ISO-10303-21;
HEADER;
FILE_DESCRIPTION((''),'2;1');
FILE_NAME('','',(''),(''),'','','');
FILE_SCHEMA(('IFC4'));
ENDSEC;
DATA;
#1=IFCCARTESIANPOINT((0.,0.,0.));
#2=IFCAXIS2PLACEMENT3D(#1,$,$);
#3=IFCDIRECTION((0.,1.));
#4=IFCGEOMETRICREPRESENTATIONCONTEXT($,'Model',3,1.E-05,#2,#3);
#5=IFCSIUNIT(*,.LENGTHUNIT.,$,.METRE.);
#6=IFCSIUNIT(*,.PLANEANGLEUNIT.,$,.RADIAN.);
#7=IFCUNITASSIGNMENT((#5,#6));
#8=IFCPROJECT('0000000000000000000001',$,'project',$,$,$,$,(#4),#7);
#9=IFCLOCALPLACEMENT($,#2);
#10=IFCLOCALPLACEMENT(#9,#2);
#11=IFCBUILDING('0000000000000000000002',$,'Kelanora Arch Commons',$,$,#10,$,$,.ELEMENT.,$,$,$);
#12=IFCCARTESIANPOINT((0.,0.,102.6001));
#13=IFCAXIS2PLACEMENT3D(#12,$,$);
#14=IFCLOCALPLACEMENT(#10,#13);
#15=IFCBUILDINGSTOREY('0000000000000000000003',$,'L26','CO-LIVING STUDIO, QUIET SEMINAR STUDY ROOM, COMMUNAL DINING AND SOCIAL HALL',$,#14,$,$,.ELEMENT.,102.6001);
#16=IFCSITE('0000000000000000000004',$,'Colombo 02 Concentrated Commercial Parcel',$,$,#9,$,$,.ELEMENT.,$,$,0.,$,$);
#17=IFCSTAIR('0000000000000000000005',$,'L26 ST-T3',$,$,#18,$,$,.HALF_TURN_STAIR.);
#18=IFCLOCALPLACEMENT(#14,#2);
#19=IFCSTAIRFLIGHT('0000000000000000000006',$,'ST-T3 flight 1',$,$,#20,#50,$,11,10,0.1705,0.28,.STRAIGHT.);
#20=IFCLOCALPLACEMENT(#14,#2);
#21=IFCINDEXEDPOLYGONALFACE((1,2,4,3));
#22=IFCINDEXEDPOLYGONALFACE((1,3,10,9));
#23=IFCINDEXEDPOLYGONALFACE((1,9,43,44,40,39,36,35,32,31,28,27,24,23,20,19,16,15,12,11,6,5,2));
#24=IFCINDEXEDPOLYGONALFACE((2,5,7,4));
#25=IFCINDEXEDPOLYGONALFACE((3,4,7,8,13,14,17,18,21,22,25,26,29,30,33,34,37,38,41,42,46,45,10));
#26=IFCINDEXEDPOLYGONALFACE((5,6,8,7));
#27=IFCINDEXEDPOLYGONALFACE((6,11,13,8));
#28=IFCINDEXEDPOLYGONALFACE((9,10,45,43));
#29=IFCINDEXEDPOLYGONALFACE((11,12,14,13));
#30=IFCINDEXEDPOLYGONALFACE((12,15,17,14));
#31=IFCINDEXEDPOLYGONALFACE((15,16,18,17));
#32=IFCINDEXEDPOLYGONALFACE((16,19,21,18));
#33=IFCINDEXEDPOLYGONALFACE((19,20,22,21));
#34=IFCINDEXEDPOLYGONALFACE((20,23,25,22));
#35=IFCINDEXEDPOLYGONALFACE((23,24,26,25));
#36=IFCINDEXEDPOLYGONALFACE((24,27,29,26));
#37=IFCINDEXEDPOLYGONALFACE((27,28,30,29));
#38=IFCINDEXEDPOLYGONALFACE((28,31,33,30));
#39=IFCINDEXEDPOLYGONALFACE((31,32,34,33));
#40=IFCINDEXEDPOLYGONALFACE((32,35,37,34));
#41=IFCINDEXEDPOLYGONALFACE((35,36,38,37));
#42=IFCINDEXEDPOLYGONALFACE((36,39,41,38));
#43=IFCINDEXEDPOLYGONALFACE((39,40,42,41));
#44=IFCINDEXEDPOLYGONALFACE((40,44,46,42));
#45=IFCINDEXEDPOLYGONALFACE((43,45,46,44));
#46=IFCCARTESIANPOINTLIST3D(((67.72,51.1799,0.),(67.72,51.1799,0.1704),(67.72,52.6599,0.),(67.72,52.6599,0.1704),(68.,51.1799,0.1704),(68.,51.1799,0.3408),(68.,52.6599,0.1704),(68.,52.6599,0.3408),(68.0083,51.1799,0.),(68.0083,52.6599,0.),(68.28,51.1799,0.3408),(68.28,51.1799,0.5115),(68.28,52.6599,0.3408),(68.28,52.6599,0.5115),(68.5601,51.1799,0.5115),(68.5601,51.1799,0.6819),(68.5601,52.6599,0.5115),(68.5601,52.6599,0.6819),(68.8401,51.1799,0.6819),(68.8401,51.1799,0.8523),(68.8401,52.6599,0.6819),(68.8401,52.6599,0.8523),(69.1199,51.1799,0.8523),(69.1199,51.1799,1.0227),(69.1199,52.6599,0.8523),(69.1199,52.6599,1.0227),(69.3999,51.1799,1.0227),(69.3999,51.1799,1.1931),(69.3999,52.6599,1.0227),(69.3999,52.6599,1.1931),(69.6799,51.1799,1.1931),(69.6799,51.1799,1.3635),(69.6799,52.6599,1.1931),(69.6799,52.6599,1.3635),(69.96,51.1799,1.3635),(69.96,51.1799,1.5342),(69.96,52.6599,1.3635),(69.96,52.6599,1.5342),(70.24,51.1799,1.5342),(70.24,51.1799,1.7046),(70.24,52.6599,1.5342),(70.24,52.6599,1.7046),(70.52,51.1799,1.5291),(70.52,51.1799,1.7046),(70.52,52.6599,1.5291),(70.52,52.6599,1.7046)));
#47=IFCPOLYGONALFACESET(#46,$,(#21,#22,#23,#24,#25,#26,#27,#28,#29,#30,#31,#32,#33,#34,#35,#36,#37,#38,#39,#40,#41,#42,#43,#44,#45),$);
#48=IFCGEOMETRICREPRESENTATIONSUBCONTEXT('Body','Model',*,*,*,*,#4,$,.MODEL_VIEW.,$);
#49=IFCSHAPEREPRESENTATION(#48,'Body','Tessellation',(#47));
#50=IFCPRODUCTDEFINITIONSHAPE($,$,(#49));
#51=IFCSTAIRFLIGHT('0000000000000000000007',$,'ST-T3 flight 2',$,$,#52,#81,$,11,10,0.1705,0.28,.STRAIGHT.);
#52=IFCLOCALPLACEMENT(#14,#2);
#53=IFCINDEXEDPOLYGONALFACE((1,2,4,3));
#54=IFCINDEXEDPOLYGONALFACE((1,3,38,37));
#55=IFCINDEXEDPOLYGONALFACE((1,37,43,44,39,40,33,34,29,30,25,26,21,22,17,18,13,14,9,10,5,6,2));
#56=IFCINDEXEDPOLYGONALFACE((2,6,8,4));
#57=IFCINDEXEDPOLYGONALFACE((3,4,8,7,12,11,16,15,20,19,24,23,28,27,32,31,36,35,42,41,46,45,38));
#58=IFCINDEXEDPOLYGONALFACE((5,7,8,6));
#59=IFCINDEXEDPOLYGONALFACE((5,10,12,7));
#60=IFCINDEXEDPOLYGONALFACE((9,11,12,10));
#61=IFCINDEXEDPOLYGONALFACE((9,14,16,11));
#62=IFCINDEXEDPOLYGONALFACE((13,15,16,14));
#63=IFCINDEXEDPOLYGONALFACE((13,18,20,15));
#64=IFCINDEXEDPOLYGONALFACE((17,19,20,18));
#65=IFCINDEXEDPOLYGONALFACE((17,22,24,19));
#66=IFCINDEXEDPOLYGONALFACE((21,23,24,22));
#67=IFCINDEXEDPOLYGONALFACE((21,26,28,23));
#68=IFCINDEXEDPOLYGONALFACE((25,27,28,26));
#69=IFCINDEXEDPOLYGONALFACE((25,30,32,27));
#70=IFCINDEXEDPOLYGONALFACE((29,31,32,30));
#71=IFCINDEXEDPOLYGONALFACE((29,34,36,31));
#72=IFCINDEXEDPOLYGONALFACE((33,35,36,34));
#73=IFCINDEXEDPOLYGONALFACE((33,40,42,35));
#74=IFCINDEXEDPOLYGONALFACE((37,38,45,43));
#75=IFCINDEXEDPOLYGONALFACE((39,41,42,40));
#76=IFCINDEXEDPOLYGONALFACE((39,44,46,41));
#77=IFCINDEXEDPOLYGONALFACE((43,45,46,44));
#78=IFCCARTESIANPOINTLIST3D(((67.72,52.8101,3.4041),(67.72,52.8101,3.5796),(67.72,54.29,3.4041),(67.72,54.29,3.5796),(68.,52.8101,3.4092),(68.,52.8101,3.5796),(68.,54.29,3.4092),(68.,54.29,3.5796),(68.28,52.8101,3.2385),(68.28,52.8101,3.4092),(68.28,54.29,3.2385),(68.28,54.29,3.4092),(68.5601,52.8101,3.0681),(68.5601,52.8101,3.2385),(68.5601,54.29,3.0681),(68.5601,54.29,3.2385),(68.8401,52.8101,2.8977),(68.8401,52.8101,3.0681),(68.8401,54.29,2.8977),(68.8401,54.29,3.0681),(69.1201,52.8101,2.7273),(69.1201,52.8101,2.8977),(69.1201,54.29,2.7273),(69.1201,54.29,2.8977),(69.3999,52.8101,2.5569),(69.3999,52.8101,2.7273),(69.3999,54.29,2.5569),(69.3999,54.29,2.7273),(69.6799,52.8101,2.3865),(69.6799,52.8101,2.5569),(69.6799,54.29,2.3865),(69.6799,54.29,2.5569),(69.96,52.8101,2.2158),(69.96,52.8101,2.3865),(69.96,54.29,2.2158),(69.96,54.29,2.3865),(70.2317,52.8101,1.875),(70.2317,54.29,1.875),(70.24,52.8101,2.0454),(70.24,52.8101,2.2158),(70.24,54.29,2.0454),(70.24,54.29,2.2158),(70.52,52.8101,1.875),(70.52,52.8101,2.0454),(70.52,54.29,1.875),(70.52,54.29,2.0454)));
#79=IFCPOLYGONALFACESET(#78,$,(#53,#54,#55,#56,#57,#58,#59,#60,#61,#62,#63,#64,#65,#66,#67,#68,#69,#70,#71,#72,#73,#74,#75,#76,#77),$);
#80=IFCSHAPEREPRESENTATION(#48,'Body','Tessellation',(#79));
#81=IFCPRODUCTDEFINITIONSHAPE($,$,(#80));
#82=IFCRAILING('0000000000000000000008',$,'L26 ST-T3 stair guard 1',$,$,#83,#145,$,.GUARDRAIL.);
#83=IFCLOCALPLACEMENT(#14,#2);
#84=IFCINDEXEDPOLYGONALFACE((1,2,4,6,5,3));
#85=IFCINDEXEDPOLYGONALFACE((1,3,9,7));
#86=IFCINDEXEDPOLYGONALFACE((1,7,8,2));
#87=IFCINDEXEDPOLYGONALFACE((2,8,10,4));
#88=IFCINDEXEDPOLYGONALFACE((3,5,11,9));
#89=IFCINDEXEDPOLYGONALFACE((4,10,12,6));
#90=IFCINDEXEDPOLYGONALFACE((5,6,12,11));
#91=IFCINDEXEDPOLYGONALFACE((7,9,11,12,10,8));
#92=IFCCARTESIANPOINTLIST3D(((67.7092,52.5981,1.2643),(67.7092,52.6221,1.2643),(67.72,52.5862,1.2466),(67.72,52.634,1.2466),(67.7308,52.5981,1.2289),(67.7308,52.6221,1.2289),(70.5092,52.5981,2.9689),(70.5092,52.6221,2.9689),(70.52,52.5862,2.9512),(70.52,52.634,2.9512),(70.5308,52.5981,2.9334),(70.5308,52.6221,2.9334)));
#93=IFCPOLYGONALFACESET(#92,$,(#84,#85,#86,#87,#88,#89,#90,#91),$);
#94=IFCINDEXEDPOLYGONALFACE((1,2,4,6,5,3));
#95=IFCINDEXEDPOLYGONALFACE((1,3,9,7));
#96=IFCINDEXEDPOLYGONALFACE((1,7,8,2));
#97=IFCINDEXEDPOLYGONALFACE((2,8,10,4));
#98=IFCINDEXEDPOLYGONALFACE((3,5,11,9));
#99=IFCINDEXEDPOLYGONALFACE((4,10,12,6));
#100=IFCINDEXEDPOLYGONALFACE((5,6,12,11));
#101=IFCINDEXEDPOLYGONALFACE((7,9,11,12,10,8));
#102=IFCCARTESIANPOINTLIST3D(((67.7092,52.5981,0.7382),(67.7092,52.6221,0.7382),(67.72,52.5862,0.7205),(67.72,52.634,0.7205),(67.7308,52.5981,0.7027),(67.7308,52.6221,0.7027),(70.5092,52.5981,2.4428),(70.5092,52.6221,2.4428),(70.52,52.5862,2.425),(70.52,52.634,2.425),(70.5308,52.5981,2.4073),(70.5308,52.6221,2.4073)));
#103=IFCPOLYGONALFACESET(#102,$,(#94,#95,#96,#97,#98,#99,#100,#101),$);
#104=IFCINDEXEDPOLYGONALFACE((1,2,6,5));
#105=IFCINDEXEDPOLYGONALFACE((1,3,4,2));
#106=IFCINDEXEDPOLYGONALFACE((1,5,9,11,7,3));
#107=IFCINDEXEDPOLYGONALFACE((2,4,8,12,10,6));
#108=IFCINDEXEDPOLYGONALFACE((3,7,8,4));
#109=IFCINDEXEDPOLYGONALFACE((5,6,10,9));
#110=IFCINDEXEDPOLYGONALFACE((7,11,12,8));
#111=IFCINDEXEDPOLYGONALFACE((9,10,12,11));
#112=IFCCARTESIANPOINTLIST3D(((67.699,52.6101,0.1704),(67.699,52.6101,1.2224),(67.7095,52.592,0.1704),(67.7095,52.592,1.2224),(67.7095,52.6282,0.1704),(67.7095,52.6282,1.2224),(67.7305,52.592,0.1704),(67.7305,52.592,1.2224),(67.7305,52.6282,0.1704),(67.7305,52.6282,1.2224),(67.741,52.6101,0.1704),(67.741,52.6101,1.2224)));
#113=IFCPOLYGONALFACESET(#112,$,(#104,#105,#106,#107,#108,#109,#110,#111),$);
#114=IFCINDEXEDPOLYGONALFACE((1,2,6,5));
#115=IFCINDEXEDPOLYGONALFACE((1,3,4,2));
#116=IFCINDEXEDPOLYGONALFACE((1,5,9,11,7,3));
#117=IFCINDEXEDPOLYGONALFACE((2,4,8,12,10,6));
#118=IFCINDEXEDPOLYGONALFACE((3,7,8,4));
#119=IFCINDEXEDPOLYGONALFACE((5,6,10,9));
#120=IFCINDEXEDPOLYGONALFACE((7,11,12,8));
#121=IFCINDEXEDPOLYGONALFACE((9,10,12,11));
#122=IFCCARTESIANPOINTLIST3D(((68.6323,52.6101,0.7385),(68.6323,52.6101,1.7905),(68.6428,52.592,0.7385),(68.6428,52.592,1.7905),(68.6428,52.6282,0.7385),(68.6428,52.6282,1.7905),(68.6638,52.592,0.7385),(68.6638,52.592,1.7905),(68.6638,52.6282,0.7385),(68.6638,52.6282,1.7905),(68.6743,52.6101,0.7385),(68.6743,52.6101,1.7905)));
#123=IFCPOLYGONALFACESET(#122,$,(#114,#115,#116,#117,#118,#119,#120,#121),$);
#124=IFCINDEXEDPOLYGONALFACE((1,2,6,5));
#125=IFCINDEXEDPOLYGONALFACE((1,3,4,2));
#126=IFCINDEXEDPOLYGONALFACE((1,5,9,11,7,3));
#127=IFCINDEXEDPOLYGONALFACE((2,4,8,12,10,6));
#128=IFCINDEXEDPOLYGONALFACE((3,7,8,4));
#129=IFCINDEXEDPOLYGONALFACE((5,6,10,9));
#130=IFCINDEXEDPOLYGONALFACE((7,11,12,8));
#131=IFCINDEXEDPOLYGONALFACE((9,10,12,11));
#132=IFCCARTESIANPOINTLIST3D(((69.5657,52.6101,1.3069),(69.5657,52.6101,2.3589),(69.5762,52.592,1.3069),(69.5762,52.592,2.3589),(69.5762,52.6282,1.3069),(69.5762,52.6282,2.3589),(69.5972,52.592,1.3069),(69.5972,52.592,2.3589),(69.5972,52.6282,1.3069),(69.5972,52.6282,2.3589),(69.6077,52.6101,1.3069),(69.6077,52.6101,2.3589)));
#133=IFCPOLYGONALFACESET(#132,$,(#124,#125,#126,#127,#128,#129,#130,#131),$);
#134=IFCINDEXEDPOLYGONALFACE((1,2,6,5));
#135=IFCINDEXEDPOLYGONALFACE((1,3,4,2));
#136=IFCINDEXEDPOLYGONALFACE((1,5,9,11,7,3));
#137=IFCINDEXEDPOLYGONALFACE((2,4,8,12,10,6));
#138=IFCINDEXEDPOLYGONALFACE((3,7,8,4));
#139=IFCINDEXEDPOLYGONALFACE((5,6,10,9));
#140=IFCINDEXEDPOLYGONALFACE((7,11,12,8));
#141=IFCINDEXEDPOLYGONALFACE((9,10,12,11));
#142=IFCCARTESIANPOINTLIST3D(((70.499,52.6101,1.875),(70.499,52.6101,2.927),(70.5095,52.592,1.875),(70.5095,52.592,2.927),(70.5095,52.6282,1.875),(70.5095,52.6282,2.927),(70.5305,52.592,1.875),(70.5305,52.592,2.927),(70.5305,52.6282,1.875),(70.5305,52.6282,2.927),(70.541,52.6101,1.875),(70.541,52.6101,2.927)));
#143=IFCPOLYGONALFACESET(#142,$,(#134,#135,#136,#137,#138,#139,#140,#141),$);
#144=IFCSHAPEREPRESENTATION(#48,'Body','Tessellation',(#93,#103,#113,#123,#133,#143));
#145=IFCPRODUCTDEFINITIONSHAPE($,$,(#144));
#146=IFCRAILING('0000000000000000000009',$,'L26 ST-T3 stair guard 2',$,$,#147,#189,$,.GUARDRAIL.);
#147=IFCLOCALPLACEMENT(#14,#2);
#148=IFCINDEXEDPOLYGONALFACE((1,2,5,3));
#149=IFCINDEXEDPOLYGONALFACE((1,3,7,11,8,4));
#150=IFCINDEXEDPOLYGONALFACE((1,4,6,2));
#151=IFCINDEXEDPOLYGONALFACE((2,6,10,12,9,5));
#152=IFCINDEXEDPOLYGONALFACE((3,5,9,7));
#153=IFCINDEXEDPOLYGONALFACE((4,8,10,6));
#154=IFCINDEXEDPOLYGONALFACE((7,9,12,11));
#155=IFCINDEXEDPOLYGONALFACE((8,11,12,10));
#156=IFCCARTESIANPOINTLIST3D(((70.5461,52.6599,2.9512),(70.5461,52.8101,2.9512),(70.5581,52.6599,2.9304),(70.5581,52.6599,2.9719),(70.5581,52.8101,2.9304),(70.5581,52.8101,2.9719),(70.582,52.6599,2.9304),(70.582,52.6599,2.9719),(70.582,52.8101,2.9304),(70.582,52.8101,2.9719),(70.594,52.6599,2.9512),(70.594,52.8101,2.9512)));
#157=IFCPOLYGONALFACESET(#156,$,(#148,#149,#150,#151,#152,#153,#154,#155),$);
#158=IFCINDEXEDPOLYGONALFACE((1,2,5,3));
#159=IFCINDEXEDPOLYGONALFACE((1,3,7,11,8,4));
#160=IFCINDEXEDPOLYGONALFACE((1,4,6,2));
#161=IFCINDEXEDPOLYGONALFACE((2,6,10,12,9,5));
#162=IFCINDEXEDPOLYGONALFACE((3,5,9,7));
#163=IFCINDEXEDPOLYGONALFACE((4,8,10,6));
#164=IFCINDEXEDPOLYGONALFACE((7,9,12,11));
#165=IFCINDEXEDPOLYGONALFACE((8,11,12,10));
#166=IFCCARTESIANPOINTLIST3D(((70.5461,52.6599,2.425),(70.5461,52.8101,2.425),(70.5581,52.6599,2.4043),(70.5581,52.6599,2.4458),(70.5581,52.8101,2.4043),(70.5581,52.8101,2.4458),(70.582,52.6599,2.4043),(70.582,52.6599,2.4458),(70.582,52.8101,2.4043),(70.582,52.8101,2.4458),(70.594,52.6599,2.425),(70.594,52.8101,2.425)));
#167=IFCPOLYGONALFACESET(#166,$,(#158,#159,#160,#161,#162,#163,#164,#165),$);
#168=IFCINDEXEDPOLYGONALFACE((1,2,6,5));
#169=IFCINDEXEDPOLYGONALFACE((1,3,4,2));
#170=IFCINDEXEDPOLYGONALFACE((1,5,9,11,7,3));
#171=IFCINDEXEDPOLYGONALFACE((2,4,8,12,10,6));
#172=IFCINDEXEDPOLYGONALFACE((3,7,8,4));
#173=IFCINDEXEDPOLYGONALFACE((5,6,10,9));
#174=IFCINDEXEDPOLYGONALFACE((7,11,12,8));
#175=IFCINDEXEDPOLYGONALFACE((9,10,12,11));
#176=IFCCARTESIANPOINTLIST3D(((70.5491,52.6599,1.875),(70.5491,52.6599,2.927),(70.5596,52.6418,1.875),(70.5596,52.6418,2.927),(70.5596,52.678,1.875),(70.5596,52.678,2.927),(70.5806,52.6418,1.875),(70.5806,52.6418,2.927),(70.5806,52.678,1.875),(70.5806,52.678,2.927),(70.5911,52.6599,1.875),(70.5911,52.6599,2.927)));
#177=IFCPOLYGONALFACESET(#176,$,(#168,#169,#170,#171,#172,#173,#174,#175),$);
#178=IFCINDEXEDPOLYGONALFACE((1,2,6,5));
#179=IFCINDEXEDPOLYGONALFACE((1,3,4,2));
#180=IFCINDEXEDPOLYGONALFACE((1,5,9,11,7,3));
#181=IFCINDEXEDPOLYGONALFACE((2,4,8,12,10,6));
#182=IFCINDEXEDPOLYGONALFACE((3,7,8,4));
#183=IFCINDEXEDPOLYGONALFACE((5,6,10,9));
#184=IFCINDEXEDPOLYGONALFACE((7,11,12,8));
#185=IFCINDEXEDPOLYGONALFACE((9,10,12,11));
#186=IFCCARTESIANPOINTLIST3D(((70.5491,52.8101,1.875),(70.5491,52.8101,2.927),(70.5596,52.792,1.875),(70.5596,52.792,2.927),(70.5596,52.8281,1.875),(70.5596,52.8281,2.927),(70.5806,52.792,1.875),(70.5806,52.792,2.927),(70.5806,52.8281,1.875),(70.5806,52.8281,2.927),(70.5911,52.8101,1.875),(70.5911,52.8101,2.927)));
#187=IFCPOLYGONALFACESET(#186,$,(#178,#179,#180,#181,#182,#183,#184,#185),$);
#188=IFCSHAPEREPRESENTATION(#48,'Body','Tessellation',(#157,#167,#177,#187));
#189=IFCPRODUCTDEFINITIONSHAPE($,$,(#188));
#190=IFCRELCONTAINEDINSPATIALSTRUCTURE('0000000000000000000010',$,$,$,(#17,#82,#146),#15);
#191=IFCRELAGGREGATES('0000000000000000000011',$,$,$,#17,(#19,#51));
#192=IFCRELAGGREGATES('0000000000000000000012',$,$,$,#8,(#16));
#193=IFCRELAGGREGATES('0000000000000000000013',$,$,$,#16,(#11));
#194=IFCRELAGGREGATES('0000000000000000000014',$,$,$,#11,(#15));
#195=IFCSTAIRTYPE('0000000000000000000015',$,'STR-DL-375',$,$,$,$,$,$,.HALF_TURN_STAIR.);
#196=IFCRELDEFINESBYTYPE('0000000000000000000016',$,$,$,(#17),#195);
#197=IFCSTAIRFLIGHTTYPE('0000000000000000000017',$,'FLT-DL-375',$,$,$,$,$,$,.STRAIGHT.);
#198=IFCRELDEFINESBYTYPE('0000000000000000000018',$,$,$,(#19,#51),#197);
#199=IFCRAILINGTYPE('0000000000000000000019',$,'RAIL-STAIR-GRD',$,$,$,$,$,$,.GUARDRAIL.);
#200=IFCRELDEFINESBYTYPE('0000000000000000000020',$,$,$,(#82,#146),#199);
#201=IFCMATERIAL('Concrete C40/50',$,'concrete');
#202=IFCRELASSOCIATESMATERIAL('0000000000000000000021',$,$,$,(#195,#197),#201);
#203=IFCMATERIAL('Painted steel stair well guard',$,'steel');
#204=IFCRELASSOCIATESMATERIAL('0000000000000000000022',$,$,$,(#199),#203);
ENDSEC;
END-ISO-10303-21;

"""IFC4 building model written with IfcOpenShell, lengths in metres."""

from ifc_helpers import new_model, si_unit, direction, frame, origin, place, context, subcontext, project, spatial, polyline, outline, extrude, material, type_object, element, aggregate, save


model = new_model("IFC4")

# Units and contexts
model_context = context("Model", 3, precision=1e-05, world=origin(), true_north=direction((0.0, 1.0)))
body_context = subcontext(model_context, "Body", "Model", "MODEL_VIEW")
ifc_project = project(units=[si_unit("LENGTHUNIT", "METRE"), si_unit("PLANEANGLEUNIT", "RADIAN")], contexts=[model_context])

# Site, building, storey
site_placement = place(None, origin())
site = spatial("IfcSite", under=ifc_project, at=site_placement, Name="Colombo 02 Concentrated Commercial Parcel", CompositionType="ELEMENT", RefElevation=0.0)
building_placement = place(site_placement, origin())
building = spatial("IfcBuilding", under=site, at=building_placement, Name="Kelanora Arch Commons", CompositionType="ELEMENT")
storey_placement = place(building_placement, frame((0.0, 0.0, 102.6001)))
storey = spatial("IfcBuildingStorey", under=building, at=storey_placement, Name="L26", Description="CO-LIVING STUDIO, QUIET SEMINAR STUDY ROOM, COMMUNAL DINING AND SOCIAL HALL", CompositionType="ELEMENT", Elevation=102.6001)

# Shared definitions
ifc_material_1 = material(Name="Concrete C40/50", Category="concrete")

# Stair, stair flights
stair_type = type_object("IfcStairType", Name="STR-DL-375", PredefinedType="HALF_TURN_STAIR", material=ifc_material_1)
stair_placement = place(storey_placement, origin())
stair = element("IfcStair", 1, at=stair_placement, inside=storey, type_object=stair_type, Name="L26 ST-T3", PredefinedType="HALF_TURN_STAIR")
stair_flight_type = type_object("IfcStairFlightType", Name="FLT-DL-375", PredefinedType="STRAIGHT", material=ifc_material_1)
stair_flight_1_placement = place(storey_placement, frame((67.72, 51.9199, 0.0), z_axis=(0.0, 0.0, 1.0), x_axis=(1.0, 0.0, 0.0)))
stair_flight_1 = element("IfcStairFlight", 2, at=stair_flight_1_placement, type_object=stair_flight_type, Name="ST-T3 flight 1", NumberOfRisers=11, NumberOfTreads=10, PredefinedType="STRAIGHT", RiserHeight=0.1705, TreadLength=0.28, context=body_context, shape_type="SweptSolid", body=[
    extrude(outline(polyline([(0.0, 0.0), (0.0, 0.1704), (0.28, 0.1704), (0.28, 0.3408), (0.5601, 0.3408), (0.5601, 0.5115), (0.8401, 0.5115), (0.8401, 0.6819), (1.1201, 0.6819), (1.1201, 0.8523), (1.3999, 0.8523), (1.3999, 1.0227), (1.6799, 1.0227), (1.6799, 1.1931), (1.96, 1.1931), (1.96, 1.3635), (2.24, 1.3635), (2.24, 1.5342), (2.52, 1.5342), (2.52, 1.7046), (2.8, 1.7046), (2.8, 1.875), (2.8, 1.5291), (0.2883, 0.0), (0.0, 0.0)])), frame((0.0, 0.74, 0.0), z_axis=(0.0, -1.0, 0.0), x_axis=(1.0, 0.0, 0.0)), (0.0, 0.0, 1.0), 1.48),
])
stair_flight_2_placement = place(storey_placement, frame((70.52, 53.55, 1.875), z_axis=(0.0, 0.0, 1.0), x_axis=(-1.0, 0.0, 0.0)))
stair_flight_2 = element("IfcStairFlight", 3, at=stair_flight_2_placement, type_object=stair_flight_type, Name="ST-T3 flight 2", NumberOfRisers=11, NumberOfTreads=10, PredefinedType="STRAIGHT", RiserHeight=0.1705, TreadLength=0.28, context=body_context, shape_type="SweptSolid", body=[
    extrude(outline(polyline([(0.0, 0.0), (0.0, 0.1704), (0.28, 0.1704), (0.28, 0.3408), (0.5601, 0.3408), (0.5601, 0.5115), (0.8401, 0.5115), (0.8401, 0.6819), (1.1201, 0.6819), (1.1201, 0.8523), (1.3999, 0.8523), (1.3999, 1.0227), (1.6799, 1.0227), (1.6799, 1.1931), (1.96, 1.1931), (1.96, 1.3635), (2.24, 1.3635), (2.24, 1.5342), (2.52, 1.5342), (2.52, 1.7046), (2.8, 1.7046), (2.8, 1.875), (2.8, 1.5291), (0.2883, 0.0), (0.0, 0.0)])), frame((0.0, 0.74, 0.0), z_axis=(0.0, -1.0, 0.0), x_axis=(1.0, 0.0, 0.0)), (0.0, 0.0, 1.0), 1.48),
])
aggregate(stair, [stair_flight_1, stair_flight_2])

# Railings
ifc_material_2 = material(Name="Painted steel stair well guard", Category="steel")
railing_type_1 = type_object("IfcRailingType", Name="RAIL-STAIR-GRD", PredefinedType="GUARDRAIL", material=ifc_material_2)
railing_1_placement = place(storey_placement, frame((67.72, 52.6101, 0.1704)))
element("IfcRailing", 4, at=railing_1_placement, inside=storey, type_object=railing_type_1, Name="L26 ST-T3 stair guard 1", PredefinedType="GUARDRAIL", context=body_context, shape_type="SweptSolid", body=[
    extrude(outline(polyline([(0.0239, 0.0), (0.012, 0.0208), (-0.012, 0.0208), (-0.0239, 0.0), (-0.012, -0.0208), (0.012, -0.0208), (0.0239, 0.0)])), frame((0.0, 0.0, 1.0762), z_axis=(0.85417, 0.0, 0.519994), x_axis=(0.0, 1.0, 0.0)), (0.0, 0.0, 1.0), 3.2781),
    extrude(outline(polyline([(0.0239, 0.0), (0.012, 0.0208), (-0.012, 0.0208), (-0.0239, 0.0), (-0.012, -0.0208), (0.012, -0.0208), (0.0239, 0.0)])), frame((0.0, 0.0, 0.55), z_axis=(0.85417, 0.0, 0.519994), x_axis=(0.0, 1.0, 0.0)), (0.0, 0.0, 1.0), 3.2781),
    extrude(outline(polyline([(0.021, 0.0), (0.0105, 0.0181), (-0.0105, 0.0181), (-0.021, 0.0), (-0.0105, -0.0181), (0.0105, -0.0181), (0.021, 0.0)])), origin(), (0.0, 0.0, 1.0), 1.052),
    extrude(outline(polyline([(0.021, 0.0), (0.0105, 0.0181), (-0.0105, 0.0181), (-0.021, 0.0), (-0.0105, -0.0181), (0.0105, -0.0181), (0.021, 0.0)])), frame((0.9333, 0.0, 0.5681)), (0.0, 0.0, 1.0), 1.052),
    extrude(outline(polyline([(0.021, 0.0), (0.0105, 0.0181), (-0.0105, 0.0181), (-0.021, 0.0), (-0.0105, -0.0181), (0.0105, -0.0181), (0.021, 0.0)])), frame((1.8667, 0.0, 1.1365)), (0.0, 0.0, 1.0), 1.052),
    extrude(outline(polyline([(0.021, 0.0), (0.0105, 0.0181), (-0.0105, 0.0181), (-0.021, 0.0), (-0.0105, -0.0181), (0.0105, -0.0181), (0.021, 0.0)])), frame((2.8, 0.0, 1.7046)), (0.0, 0.0, 1.0), 1.052),
])
railing_2_placement = place(storey_placement, frame((70.5701, 52.6599, 1.875)))
element("IfcRailing", 5, at=railing_2_placement, inside=storey, type_object=railing_type_1, Name="L26 ST-T3 stair guard 2", PredefinedType="GUARDRAIL", context=body_context, shape_type="SweptSolid", body=[
    extrude(outline(polyline([(0.0239, 0.0), (0.012, 0.0208), (-0.012, 0.0208), (-0.0239, 0.0), (-0.012, -0.0208), (0.012, -0.0208), (0.0239, 0.0)])), frame((0.0, 0.0, 1.0762), z_axis=(0.0, 1.0, 0.0), x_axis=(-1.0, 0.0, 0.0)), (0.0, 0.0, 1.0), 0.1501),
    extrude(outline(polyline([(0.0239, 0.0), (0.012, 0.0208), (-0.012, 0.0208), (-0.0239, 0.0), (-0.012, -0.0208), (0.012, -0.0208), (0.0239, 0.0)])), frame((0.0, 0.0, 0.55), z_axis=(0.0, 1.0, 0.0), x_axis=(-1.0, 0.0, 0.0)), (0.0, 0.0, 1.0), 0.1501),
    extrude(outline(polyline([(0.021, 0.0), (0.0105, 0.0181), (-0.0105, 0.0181), (-0.021, 0.0), (-0.0105, -0.0181), (0.0105, -0.0181), (0.021, 0.0)])), origin(), (0.0, 0.0, 1.0), 1.052),
    extrude(outline(polyline([(0.021, 0.0), (0.0105, 0.0181), (-0.0105, 0.0181), (-0.021, 0.0), (-0.0105, -0.0181), (0.0105, -0.0181), (0.021, 0.0)])), frame((0.0, 0.1501, 0.0)), (0.0, 0.0, 1.0), 1.052),
])

save(model, "model.ifc")
